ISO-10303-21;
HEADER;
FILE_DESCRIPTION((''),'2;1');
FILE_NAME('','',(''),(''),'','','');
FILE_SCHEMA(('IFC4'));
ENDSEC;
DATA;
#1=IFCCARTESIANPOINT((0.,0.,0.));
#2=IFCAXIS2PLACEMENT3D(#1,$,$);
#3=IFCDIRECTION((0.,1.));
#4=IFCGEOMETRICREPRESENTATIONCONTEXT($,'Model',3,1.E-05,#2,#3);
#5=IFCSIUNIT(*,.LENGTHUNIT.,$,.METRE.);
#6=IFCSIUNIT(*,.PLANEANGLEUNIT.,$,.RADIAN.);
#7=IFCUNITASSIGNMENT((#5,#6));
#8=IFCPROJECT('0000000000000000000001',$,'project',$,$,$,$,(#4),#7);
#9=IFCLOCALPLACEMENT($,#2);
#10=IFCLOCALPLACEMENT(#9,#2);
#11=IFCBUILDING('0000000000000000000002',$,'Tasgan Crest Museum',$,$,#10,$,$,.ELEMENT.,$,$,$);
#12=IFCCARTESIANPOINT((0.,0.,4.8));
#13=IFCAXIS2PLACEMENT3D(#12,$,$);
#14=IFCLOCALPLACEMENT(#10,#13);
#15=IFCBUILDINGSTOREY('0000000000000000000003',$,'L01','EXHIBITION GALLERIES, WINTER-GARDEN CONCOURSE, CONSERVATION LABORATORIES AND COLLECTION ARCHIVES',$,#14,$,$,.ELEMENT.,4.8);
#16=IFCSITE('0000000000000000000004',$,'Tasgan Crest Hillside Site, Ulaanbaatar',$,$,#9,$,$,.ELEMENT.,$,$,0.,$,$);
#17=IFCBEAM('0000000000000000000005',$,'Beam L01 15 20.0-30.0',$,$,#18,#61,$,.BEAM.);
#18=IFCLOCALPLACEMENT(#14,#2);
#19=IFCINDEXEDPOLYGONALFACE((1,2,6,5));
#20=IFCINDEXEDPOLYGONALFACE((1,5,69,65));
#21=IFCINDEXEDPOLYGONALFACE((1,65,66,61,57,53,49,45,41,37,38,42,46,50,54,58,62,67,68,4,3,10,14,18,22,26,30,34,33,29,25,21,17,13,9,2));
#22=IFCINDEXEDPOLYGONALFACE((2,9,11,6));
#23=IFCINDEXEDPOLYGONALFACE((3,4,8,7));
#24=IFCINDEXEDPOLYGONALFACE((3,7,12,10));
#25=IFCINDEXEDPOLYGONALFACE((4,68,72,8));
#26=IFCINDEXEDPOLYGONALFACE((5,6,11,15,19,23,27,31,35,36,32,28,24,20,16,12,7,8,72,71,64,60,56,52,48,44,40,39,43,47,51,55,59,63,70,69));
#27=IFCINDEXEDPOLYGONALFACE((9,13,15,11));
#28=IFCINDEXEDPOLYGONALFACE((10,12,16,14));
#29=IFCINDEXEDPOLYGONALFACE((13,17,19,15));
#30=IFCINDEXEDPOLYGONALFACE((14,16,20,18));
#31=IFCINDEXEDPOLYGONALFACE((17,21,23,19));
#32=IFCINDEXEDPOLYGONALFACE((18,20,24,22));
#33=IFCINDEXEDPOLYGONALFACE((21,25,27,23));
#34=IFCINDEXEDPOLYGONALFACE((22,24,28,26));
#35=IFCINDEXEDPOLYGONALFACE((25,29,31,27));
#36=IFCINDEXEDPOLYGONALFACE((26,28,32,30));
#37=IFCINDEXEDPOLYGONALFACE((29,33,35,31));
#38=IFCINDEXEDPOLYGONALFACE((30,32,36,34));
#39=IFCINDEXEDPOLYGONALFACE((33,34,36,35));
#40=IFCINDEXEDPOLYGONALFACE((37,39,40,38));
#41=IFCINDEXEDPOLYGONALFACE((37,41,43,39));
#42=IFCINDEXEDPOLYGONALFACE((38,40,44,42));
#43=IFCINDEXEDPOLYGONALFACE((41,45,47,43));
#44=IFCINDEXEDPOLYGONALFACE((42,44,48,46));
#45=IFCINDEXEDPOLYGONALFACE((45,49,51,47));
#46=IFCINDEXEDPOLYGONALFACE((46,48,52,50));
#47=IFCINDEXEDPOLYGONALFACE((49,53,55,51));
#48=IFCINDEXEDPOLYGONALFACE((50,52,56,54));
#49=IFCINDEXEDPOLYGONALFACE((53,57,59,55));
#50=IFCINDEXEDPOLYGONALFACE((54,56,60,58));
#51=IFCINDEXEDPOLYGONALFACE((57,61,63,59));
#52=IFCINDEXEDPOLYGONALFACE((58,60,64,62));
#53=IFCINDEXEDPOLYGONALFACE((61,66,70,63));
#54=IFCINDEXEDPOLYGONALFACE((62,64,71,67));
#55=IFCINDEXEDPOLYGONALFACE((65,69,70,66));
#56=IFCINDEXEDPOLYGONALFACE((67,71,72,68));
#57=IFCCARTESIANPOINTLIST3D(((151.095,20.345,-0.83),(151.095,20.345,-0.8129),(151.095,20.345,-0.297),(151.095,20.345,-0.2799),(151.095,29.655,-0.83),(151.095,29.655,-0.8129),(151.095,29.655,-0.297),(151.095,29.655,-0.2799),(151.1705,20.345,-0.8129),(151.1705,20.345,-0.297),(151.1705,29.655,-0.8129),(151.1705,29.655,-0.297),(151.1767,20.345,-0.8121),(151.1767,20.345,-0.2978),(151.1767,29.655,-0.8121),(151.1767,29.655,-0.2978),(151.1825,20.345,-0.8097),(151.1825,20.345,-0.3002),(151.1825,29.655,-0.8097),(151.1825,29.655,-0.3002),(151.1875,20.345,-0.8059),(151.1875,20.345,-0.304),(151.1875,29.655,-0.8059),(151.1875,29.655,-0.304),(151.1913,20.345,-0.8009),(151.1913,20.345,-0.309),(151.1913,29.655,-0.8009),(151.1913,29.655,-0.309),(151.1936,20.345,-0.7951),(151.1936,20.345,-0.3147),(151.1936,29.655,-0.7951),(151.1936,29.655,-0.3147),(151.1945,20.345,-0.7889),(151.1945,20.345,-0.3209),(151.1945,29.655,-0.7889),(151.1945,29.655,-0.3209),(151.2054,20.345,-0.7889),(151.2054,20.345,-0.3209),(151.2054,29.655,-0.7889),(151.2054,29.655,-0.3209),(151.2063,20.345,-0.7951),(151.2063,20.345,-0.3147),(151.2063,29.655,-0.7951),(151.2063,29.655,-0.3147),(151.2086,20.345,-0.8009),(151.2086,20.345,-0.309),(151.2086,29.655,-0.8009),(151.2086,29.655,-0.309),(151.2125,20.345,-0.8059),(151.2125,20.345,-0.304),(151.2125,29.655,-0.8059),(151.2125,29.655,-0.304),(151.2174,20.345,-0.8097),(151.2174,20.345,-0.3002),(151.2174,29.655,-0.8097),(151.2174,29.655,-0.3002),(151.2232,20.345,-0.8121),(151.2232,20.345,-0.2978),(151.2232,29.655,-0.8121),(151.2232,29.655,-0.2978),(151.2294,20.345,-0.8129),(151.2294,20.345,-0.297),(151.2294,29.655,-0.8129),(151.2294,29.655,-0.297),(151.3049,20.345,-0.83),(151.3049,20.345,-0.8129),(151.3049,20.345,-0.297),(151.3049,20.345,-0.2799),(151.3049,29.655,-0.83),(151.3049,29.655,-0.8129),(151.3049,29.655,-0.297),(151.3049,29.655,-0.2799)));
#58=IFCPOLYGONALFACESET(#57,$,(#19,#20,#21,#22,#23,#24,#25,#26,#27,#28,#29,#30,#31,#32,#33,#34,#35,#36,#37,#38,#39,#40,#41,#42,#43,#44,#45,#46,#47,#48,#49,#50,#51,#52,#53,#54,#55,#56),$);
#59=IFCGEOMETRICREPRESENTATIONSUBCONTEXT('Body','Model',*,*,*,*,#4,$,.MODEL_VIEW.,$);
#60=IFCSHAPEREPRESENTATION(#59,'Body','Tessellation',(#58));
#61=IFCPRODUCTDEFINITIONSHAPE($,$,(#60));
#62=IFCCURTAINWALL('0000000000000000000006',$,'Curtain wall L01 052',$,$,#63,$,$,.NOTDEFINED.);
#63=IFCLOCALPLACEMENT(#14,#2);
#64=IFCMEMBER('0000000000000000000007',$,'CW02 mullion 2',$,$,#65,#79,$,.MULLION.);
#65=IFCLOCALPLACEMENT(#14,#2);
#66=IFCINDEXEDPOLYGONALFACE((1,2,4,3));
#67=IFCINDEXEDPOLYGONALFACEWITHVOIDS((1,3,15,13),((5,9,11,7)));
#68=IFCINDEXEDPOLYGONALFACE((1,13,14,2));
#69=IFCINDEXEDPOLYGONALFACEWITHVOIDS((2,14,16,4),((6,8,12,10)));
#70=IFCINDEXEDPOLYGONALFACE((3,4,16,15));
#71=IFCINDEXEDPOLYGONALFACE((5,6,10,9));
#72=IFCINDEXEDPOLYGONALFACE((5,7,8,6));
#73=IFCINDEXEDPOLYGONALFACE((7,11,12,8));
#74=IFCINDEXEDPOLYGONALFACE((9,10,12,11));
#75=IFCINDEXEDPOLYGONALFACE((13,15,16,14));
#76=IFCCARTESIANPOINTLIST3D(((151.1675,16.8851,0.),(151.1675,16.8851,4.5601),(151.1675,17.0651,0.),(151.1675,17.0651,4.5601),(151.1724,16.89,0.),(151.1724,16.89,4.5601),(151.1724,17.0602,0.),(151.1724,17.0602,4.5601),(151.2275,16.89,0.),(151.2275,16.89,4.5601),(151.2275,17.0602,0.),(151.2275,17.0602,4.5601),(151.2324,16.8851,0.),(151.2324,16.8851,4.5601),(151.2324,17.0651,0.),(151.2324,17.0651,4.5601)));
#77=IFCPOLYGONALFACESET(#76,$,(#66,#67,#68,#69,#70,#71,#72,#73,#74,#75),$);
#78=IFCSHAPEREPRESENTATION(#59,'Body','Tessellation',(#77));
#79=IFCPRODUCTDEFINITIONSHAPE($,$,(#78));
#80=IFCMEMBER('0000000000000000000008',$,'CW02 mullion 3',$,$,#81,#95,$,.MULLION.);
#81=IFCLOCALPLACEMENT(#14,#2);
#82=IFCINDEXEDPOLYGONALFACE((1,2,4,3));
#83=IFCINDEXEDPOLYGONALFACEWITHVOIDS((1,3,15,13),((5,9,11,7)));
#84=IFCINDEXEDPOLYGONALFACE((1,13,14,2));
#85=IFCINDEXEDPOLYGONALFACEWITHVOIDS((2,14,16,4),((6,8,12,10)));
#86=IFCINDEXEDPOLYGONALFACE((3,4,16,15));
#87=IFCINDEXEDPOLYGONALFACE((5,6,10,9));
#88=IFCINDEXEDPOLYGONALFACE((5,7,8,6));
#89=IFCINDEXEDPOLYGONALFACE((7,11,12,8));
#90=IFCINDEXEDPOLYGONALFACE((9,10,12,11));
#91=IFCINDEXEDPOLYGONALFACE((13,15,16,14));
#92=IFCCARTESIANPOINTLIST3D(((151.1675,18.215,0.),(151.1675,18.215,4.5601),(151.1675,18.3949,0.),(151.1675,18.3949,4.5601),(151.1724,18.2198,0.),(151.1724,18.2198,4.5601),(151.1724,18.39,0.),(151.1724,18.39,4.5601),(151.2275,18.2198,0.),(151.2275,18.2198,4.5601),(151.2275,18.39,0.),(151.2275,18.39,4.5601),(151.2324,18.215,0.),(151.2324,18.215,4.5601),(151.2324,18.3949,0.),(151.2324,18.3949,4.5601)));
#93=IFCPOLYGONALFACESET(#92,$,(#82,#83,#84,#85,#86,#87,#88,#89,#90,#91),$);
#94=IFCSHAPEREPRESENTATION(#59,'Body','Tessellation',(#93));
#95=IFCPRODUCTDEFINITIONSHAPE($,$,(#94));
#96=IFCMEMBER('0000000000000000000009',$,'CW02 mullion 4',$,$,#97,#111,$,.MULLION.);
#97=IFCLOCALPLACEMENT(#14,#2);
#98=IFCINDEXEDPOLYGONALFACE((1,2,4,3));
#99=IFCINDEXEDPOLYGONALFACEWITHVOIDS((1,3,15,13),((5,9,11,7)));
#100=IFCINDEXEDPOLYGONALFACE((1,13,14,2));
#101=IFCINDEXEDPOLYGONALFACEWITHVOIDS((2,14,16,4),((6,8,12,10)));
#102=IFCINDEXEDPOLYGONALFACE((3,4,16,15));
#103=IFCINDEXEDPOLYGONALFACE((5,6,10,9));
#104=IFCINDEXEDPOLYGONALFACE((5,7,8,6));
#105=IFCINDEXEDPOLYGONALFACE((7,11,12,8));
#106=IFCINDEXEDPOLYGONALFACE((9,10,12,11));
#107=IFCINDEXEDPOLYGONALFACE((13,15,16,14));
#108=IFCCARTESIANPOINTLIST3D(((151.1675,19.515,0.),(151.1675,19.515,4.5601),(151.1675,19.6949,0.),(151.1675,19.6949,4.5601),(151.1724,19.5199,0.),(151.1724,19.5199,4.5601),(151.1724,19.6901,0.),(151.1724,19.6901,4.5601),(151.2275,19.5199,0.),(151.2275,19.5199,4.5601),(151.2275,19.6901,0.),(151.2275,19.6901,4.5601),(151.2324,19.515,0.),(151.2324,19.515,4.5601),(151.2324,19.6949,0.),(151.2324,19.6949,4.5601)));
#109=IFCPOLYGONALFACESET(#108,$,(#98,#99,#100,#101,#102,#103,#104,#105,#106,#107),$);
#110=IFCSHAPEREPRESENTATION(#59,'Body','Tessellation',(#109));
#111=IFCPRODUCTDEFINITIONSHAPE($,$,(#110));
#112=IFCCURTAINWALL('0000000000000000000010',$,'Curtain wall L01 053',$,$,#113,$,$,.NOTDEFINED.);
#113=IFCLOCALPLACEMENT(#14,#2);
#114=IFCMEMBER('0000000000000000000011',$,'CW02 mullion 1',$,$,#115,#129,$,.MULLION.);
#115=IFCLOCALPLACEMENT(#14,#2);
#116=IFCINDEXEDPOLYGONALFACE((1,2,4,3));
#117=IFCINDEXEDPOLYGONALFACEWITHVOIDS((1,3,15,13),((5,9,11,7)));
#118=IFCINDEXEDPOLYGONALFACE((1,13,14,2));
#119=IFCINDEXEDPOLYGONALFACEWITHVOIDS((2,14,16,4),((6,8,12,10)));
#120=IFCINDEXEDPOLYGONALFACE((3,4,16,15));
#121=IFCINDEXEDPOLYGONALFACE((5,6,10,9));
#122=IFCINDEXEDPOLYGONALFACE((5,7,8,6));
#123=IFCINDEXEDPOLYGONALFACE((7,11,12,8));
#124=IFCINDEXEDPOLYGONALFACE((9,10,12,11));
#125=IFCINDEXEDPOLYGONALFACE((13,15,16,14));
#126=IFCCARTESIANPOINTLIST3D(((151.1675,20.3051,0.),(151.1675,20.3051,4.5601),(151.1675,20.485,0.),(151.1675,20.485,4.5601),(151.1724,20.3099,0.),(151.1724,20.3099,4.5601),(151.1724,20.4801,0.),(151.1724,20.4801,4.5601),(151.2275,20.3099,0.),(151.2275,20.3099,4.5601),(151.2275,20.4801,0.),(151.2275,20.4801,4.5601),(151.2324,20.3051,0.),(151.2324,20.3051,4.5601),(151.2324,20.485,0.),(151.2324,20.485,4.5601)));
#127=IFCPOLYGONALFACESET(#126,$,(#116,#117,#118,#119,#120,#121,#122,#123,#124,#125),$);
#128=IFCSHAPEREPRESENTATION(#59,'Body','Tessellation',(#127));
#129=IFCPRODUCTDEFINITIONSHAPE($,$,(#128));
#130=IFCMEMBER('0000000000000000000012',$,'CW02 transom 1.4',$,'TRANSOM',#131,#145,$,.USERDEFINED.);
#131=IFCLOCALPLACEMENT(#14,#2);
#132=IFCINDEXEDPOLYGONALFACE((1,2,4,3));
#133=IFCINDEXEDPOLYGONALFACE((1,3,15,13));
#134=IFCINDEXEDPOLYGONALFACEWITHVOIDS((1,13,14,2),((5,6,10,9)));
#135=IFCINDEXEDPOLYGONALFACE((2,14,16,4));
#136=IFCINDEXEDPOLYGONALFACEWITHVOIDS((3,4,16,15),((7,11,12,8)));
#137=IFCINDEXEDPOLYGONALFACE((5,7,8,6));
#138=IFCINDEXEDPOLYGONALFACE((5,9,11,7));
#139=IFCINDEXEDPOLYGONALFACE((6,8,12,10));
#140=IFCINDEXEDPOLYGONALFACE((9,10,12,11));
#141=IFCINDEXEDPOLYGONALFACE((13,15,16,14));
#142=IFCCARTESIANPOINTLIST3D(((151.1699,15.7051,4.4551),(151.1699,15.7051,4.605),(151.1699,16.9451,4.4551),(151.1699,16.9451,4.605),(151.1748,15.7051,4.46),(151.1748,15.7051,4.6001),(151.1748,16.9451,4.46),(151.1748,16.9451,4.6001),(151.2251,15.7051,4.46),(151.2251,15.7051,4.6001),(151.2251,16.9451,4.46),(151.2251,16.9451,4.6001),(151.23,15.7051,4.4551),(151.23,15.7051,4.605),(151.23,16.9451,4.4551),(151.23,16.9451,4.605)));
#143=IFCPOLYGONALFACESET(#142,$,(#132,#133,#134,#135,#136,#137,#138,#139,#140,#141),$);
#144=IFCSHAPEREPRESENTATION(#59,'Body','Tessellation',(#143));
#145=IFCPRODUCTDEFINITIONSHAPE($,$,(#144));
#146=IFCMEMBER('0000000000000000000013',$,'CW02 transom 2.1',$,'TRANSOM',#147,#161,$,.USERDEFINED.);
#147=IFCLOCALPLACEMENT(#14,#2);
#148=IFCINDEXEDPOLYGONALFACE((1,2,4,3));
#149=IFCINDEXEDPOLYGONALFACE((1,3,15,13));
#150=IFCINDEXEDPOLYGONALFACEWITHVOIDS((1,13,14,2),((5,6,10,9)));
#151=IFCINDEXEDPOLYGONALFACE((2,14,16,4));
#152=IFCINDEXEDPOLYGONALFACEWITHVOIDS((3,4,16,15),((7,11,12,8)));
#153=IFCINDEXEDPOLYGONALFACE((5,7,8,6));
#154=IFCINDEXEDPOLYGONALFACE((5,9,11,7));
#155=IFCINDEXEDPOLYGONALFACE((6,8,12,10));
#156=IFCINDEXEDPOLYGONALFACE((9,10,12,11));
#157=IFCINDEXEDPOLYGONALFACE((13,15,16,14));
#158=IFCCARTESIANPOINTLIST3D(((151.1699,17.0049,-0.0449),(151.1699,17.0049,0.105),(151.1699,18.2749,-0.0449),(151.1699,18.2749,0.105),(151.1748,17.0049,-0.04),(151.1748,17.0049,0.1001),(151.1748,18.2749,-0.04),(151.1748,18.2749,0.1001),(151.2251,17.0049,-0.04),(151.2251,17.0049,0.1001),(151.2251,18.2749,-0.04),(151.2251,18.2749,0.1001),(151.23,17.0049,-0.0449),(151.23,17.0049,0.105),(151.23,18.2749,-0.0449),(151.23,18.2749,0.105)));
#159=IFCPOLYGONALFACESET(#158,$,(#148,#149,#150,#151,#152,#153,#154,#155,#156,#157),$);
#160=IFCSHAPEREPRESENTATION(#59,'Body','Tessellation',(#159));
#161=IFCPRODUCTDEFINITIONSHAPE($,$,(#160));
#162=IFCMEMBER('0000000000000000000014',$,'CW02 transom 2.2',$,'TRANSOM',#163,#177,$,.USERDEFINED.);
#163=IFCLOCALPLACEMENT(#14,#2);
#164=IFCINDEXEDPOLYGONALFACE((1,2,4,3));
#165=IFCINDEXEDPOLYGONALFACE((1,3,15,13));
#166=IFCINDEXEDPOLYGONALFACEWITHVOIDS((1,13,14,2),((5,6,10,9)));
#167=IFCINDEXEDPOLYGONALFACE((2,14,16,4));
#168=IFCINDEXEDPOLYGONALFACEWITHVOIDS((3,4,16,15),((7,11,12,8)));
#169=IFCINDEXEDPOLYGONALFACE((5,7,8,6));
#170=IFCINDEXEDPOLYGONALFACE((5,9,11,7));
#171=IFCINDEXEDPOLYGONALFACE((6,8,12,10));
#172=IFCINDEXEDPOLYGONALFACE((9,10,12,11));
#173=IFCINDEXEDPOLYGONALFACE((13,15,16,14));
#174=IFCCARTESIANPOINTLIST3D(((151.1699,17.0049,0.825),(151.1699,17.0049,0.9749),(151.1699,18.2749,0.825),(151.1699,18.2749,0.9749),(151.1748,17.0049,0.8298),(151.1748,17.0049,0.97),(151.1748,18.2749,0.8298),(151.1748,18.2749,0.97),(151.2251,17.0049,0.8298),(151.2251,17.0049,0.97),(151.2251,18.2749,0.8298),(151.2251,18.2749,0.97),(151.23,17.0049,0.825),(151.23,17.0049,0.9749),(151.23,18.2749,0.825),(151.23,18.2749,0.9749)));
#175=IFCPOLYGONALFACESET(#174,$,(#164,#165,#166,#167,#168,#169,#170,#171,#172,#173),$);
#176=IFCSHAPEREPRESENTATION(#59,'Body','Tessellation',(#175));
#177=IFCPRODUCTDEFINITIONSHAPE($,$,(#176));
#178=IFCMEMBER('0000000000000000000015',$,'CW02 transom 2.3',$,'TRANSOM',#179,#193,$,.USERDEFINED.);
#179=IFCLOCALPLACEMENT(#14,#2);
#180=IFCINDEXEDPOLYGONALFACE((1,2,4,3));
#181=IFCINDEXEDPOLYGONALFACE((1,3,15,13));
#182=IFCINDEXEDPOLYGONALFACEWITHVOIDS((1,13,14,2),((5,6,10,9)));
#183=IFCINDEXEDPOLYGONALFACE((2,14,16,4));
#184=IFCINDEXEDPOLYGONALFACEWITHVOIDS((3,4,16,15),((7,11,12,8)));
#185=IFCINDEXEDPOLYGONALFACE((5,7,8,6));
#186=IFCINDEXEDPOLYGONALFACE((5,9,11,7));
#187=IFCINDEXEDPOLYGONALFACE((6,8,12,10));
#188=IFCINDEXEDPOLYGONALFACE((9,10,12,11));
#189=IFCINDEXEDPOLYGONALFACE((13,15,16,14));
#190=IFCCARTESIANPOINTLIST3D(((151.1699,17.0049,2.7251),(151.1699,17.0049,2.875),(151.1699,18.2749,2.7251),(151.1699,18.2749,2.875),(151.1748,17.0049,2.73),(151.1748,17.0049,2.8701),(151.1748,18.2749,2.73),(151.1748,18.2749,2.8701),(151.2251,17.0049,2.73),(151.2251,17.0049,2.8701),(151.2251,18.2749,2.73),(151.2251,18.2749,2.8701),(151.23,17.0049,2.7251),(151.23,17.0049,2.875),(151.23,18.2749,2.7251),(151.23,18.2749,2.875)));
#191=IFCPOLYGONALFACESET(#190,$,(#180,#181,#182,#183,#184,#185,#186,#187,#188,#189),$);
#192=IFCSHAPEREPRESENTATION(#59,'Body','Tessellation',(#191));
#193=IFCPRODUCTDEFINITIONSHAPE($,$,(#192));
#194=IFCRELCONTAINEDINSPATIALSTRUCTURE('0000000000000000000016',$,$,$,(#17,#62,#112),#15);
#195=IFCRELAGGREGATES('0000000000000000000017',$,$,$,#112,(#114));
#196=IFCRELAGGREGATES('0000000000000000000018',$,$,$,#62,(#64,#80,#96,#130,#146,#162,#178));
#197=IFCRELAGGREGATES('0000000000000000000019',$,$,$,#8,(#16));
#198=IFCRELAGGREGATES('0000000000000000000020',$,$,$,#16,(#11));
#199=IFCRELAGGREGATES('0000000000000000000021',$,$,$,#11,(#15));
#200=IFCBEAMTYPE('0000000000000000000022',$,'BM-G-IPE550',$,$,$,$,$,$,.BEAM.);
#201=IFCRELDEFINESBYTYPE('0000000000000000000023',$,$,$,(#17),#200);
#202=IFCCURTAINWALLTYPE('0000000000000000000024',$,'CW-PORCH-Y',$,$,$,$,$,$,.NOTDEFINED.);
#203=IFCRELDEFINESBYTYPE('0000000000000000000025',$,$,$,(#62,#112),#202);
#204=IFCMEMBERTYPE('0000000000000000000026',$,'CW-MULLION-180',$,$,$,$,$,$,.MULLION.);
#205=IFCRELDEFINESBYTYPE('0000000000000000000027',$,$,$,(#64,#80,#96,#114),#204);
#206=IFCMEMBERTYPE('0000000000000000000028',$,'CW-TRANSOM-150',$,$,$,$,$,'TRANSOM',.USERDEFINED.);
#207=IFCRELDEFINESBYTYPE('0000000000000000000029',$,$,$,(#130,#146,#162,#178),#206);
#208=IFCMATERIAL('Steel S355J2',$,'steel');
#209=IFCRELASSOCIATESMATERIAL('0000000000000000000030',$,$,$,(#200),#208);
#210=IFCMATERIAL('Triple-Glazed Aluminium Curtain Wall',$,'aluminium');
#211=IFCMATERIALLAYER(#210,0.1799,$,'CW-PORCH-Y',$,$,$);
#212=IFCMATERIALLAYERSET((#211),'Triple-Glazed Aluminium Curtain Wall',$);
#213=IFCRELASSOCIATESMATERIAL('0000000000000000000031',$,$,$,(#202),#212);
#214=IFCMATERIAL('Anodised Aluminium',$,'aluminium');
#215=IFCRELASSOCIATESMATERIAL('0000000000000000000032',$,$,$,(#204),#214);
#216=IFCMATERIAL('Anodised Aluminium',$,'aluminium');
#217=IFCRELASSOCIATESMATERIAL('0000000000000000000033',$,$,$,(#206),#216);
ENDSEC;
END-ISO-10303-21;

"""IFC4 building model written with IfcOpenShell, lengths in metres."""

from ifc_helpers import new_model, si_unit, direction, frame, origin, origin_2d, place, context, subcontext, project, spatial, hollow_rectangle, i_section, extrude, material, layer, layer_set, material_profile, profile_set, type_object, element, aggregate, save


model = new_model("IFC4")

# Units and contexts
model_context = context("Model", 3, precision=1e-05, world=origin(), true_north=direction((0.0, 1.0)))
body_context = subcontext(model_context, "Body", "Model", "MODEL_VIEW")
ifc_project = project(units=[si_unit("LENGTHUNIT", "METRE"), si_unit("PLANEANGLEUNIT", "RADIAN")], contexts=[model_context])

# Site, building, storey
site_placement = place(None, origin())
site = spatial("IfcSite", under=ifc_project, at=site_placement, Name="Tasgan Crest Hillside Site, Ulaanbaatar", CompositionType="ELEMENT", RefElevation=0.0)
building_placement = place(site_placement, origin())
building = spatial("IfcBuilding", under=site, at=building_placement, Name="Tasgan Crest Museum", CompositionType="ELEMENT")
storey_placement = place(building_placement, frame((0.0, 0.0, 4.8)))
storey = spatial("IfcBuildingStorey", under=building, at=storey_placement, Name="L01", Description="EXHIBITION GALLERIES, WINTER-GARDEN CONCOURSE, CONSERVATION LABORATORIES AND COLLECTION ARCHIVES", CompositionType="ELEMENT", Elevation=4.8)

# Beam
ifc_material_1 = material(Name="Steel S355J2", Category="steel")
ifc_material_profile_1 = material_profile(ifc_material_1, i_section(OverallWidth=0.21, OverallDepth=0.55, WebThickness=0.011, FlangeThickness=0.0171, FilletRadius=0.0239, at=origin_2d()), Name="IPE 550")
ifc_profile_set_1 = profile_set([ifc_material_profile_1], Name="Steel S355J2")
beam_type_1 = type_object("IfcBeamType", Name="BM-G-IPE550", PredefinedType="BEAM", material=ifc_profile_set_1)
beam_placement = place(storey_placement, frame((151.2, 20.345, -0.5549), z_axis=(0.0, 1.0, 0.0), x_axis=(-1.0, 0.0, 0.0)))
element("IfcBeam", 1, at=beam_placement, inside=storey, type_object=beam_type_1, Name="Beam L01 15 20.0-30.0", PredefinedType="BEAM", context=body_context, shape_type="SweptSolid", body=[
    extrude(i_section(OverallWidth=0.21, OverallDepth=0.55, WebThickness=0.011, FlangeThickness=0.0171, FilletRadius=0.0239, at=origin_2d()), origin(), (0.0, 0.0, 1.0), 9.3101),
])

# Curtain wall, members
ifc_material_2 = material(Name="Triple-Glazed Aluminium Curtain Wall", Category="aluminium")
ifc_layer_1 = layer(ifc_material_2, 0.1799, Name="CW-PORCH-Y")
ifc_layer_set_1 = layer_set([ifc_layer_1], Name="Triple-Glazed Aluminium Curtain Wall")
curtain_wall_type = type_object("IfcCurtainWallType", Name="CW-PORCH-Y", PredefinedType="NOTDEFINED", material=ifc_layer_set_1)
curtain_wall_1_placement = place(storey_placement, origin())
curtain_wall_1 = element("IfcCurtainWall", 2, at=curtain_wall_1_placement, inside=storey, type_object=curtain_wall_type, Name="Curtain wall L01 052", PredefinedType="NOTDEFINED")
ifc_material_3 = material(Name="Anodised Aluminium", Category="aluminium")
ifc_material_profile_2 = material_profile(ifc_material_3, hollow_rectangle(XDim=0.0649, YDim=0.1799, WallThickness=0.0049, at=origin_2d()), Name="ALU MULLION 180x65x5")
ifc_profile_set_2 = profile_set([ifc_material_profile_2], Name="Anodised Aluminium")
member_type_1 = type_object("IfcMemberType", Name="CW-MULLION-180", PredefinedType="MULLION", material=ifc_profile_set_2)
member_1_placement = place(storey_placement, frame((151.2, 16.9751, 0.0), z_axis=(0.0, 0.0, 1.0), x_axis=(-1.0, 0.0, 0.0)))
member_1 = element("IfcMember", 3, at=member_1_placement, type_object=member_type_1, Name="CW02 mullion 2", PredefinedType="MULLION", context=body_context, shape_type="SweptSolid", body=[
    extrude(hollow_rectangle(XDim=0.0649, YDim=0.1799, WallThickness=0.0049, at=origin_2d()), origin(), (0.0, 0.0, 1.0), 4.5601),
])
member_2_placement = place(storey_placement, frame((151.2, 18.3049, 0.0), z_axis=(0.0, 0.0, 1.0), x_axis=(-1.0, 0.0, 0.0)))
member_2 = element("IfcMember", 4, at=member_2_placement, type_object=member_type_1, Name="CW02 mullion 3", PredefinedType="MULLION", context=body_context, shape_type="SweptSolid", body=[
    extrude(hollow_rectangle(XDim=0.0649, YDim=0.1799, WallThickness=0.0049, at=origin_2d()), origin(), (0.0, 0.0, 1.0), 4.5601),
])
member_3_placement = place(storey_placement, frame((151.2, 19.605, 0.0), z_axis=(0.0, 0.0, 1.0), x_axis=(-1.0, 0.0, 0.0)))
member_3 = element("IfcMember", 5, at=member_3_placement, type_object=member_type_1, Name="CW02 mullion 4", PredefinedType="MULLION", context=body_context, shape_type="SweptSolid", body=[
    extrude(hollow_rectangle(XDim=0.0649, YDim=0.1799, WallThickness=0.0049, at=origin_2d()), origin(), (0.0, 0.0, 1.0), 4.5601),
])

# Curtain wall, member
curtain_wall_2_placement = place(storey_placement, origin())
curtain_wall_2 = element("IfcCurtainWall", 6, at=curtain_wall_2_placement, inside=storey, type_object=curtain_wall_type, Name="Curtain wall L01 053", PredefinedType="NOTDEFINED")
member_4_placement = place(storey_placement, frame((151.2, 20.395, 0.0), z_axis=(0.0, 0.0, 1.0), x_axis=(-1.0, 0.0, 0.0)))
member_4 = element("IfcMember", 7, at=member_4_placement, type_object=member_type_1, Name="CW02 mullion 1", PredefinedType="MULLION", context=body_context, shape_type="SweptSolid", body=[
    extrude(hollow_rectangle(XDim=0.0649, YDim=0.1799, WallThickness=0.0049, at=origin_2d()), origin(), (0.0, 0.0, 1.0), 4.5601),
])

# Members
ifc_material_4 = material(Name="Anodised Aluminium", Category="aluminium")
ifc_material_profile_3 = material_profile(ifc_material_4, hollow_rectangle(XDim=0.0601, YDim=0.1499, WallThickness=0.0049, at=origin_2d()), Name="ALU TRANSOM 150x60x5")
ifc_profile_set_3 = profile_set([ifc_material_profile_3], Name="Anodised Aluminium")
member_type_2 = type_object("IfcMemberType", Name="CW-TRANSOM-150", ElementType="TRANSOM", PredefinedType="USERDEFINED", material=ifc_profile_set_3)
member_5_placement = place(storey_placement, frame((151.2, 15.7051, 4.53), z_axis=(0.0, 1.0, 0.0), x_axis=(-1.0, 0.0, 0.0)))
member_5 = element("IfcMember", 8, at=member_5_placement, type_object=member_type_2, Name="CW02 transom 1.4", ObjectType="TRANSOM", PredefinedType="USERDEFINED", context=body_context, shape_type="SweptSolid", body=[
    extrude(hollow_rectangle(XDim=0.0601, YDim=0.1499, WallThickness=0.0049, at=origin_2d()), origin(), (0.0, 0.0, 1.0), 1.24),
])
member_6_placement = place(storey_placement, frame((151.2, 17.0049, 0.03), z_axis=(0.0, 1.0, 0.0), x_axis=(-1.0, 0.0, 0.0)))
member_6 = element("IfcMember", 9, at=member_6_placement, type_object=member_type_2, Name="CW02 transom 2.1", ObjectType="TRANSOM", PredefinedType="USERDEFINED", context=body_context, shape_type="SweptSolid", body=[
    extrude(hollow_rectangle(XDim=0.0601, YDim=0.1499, WallThickness=0.0049, at=origin_2d()), origin(), (0.0, 0.0, 1.0), 1.27),
])
member_7_placement = place(storey_placement, frame((151.2, 17.0049, 0.8999), z_axis=(0.0, 1.0, 0.0), x_axis=(-1.0, 0.0, 0.0)))
member_7 = element("IfcMember", 10, at=member_7_placement, type_object=member_type_2, Name="CW02 transom 2.2", ObjectType="TRANSOM", PredefinedType="USERDEFINED", context=body_context, shape_type="SweptSolid", body=[
    extrude(hollow_rectangle(XDim=0.0601, YDim=0.1499, WallThickness=0.0049, at=origin_2d()), origin(), (0.0, 0.0, 1.0), 1.27),
])
member_8_placement = place(storey_placement, frame((151.2, 17.0049, 2.8), z_axis=(0.0, 1.0, 0.0), x_axis=(-1.0, 0.0, 0.0)))
member_8 = element("IfcMember", 11, at=member_8_placement, type_object=member_type_2, Name="CW02 transom 2.3", ObjectType="TRANSOM", PredefinedType="USERDEFINED", context=body_context, shape_type="SweptSolid", body=[
    extrude(hollow_rectangle(XDim=0.0601, YDim=0.1499, WallThickness=0.0049, at=origin_2d()), origin(), (0.0, 0.0, 1.0), 1.27),
])
aggregate(curtain_wall_2, [member_4])

aggregate(curtain_wall_1, [member_1, member_2, member_3, member_5, member_6, member_7, member_8])

save(model, "model.ifc")
